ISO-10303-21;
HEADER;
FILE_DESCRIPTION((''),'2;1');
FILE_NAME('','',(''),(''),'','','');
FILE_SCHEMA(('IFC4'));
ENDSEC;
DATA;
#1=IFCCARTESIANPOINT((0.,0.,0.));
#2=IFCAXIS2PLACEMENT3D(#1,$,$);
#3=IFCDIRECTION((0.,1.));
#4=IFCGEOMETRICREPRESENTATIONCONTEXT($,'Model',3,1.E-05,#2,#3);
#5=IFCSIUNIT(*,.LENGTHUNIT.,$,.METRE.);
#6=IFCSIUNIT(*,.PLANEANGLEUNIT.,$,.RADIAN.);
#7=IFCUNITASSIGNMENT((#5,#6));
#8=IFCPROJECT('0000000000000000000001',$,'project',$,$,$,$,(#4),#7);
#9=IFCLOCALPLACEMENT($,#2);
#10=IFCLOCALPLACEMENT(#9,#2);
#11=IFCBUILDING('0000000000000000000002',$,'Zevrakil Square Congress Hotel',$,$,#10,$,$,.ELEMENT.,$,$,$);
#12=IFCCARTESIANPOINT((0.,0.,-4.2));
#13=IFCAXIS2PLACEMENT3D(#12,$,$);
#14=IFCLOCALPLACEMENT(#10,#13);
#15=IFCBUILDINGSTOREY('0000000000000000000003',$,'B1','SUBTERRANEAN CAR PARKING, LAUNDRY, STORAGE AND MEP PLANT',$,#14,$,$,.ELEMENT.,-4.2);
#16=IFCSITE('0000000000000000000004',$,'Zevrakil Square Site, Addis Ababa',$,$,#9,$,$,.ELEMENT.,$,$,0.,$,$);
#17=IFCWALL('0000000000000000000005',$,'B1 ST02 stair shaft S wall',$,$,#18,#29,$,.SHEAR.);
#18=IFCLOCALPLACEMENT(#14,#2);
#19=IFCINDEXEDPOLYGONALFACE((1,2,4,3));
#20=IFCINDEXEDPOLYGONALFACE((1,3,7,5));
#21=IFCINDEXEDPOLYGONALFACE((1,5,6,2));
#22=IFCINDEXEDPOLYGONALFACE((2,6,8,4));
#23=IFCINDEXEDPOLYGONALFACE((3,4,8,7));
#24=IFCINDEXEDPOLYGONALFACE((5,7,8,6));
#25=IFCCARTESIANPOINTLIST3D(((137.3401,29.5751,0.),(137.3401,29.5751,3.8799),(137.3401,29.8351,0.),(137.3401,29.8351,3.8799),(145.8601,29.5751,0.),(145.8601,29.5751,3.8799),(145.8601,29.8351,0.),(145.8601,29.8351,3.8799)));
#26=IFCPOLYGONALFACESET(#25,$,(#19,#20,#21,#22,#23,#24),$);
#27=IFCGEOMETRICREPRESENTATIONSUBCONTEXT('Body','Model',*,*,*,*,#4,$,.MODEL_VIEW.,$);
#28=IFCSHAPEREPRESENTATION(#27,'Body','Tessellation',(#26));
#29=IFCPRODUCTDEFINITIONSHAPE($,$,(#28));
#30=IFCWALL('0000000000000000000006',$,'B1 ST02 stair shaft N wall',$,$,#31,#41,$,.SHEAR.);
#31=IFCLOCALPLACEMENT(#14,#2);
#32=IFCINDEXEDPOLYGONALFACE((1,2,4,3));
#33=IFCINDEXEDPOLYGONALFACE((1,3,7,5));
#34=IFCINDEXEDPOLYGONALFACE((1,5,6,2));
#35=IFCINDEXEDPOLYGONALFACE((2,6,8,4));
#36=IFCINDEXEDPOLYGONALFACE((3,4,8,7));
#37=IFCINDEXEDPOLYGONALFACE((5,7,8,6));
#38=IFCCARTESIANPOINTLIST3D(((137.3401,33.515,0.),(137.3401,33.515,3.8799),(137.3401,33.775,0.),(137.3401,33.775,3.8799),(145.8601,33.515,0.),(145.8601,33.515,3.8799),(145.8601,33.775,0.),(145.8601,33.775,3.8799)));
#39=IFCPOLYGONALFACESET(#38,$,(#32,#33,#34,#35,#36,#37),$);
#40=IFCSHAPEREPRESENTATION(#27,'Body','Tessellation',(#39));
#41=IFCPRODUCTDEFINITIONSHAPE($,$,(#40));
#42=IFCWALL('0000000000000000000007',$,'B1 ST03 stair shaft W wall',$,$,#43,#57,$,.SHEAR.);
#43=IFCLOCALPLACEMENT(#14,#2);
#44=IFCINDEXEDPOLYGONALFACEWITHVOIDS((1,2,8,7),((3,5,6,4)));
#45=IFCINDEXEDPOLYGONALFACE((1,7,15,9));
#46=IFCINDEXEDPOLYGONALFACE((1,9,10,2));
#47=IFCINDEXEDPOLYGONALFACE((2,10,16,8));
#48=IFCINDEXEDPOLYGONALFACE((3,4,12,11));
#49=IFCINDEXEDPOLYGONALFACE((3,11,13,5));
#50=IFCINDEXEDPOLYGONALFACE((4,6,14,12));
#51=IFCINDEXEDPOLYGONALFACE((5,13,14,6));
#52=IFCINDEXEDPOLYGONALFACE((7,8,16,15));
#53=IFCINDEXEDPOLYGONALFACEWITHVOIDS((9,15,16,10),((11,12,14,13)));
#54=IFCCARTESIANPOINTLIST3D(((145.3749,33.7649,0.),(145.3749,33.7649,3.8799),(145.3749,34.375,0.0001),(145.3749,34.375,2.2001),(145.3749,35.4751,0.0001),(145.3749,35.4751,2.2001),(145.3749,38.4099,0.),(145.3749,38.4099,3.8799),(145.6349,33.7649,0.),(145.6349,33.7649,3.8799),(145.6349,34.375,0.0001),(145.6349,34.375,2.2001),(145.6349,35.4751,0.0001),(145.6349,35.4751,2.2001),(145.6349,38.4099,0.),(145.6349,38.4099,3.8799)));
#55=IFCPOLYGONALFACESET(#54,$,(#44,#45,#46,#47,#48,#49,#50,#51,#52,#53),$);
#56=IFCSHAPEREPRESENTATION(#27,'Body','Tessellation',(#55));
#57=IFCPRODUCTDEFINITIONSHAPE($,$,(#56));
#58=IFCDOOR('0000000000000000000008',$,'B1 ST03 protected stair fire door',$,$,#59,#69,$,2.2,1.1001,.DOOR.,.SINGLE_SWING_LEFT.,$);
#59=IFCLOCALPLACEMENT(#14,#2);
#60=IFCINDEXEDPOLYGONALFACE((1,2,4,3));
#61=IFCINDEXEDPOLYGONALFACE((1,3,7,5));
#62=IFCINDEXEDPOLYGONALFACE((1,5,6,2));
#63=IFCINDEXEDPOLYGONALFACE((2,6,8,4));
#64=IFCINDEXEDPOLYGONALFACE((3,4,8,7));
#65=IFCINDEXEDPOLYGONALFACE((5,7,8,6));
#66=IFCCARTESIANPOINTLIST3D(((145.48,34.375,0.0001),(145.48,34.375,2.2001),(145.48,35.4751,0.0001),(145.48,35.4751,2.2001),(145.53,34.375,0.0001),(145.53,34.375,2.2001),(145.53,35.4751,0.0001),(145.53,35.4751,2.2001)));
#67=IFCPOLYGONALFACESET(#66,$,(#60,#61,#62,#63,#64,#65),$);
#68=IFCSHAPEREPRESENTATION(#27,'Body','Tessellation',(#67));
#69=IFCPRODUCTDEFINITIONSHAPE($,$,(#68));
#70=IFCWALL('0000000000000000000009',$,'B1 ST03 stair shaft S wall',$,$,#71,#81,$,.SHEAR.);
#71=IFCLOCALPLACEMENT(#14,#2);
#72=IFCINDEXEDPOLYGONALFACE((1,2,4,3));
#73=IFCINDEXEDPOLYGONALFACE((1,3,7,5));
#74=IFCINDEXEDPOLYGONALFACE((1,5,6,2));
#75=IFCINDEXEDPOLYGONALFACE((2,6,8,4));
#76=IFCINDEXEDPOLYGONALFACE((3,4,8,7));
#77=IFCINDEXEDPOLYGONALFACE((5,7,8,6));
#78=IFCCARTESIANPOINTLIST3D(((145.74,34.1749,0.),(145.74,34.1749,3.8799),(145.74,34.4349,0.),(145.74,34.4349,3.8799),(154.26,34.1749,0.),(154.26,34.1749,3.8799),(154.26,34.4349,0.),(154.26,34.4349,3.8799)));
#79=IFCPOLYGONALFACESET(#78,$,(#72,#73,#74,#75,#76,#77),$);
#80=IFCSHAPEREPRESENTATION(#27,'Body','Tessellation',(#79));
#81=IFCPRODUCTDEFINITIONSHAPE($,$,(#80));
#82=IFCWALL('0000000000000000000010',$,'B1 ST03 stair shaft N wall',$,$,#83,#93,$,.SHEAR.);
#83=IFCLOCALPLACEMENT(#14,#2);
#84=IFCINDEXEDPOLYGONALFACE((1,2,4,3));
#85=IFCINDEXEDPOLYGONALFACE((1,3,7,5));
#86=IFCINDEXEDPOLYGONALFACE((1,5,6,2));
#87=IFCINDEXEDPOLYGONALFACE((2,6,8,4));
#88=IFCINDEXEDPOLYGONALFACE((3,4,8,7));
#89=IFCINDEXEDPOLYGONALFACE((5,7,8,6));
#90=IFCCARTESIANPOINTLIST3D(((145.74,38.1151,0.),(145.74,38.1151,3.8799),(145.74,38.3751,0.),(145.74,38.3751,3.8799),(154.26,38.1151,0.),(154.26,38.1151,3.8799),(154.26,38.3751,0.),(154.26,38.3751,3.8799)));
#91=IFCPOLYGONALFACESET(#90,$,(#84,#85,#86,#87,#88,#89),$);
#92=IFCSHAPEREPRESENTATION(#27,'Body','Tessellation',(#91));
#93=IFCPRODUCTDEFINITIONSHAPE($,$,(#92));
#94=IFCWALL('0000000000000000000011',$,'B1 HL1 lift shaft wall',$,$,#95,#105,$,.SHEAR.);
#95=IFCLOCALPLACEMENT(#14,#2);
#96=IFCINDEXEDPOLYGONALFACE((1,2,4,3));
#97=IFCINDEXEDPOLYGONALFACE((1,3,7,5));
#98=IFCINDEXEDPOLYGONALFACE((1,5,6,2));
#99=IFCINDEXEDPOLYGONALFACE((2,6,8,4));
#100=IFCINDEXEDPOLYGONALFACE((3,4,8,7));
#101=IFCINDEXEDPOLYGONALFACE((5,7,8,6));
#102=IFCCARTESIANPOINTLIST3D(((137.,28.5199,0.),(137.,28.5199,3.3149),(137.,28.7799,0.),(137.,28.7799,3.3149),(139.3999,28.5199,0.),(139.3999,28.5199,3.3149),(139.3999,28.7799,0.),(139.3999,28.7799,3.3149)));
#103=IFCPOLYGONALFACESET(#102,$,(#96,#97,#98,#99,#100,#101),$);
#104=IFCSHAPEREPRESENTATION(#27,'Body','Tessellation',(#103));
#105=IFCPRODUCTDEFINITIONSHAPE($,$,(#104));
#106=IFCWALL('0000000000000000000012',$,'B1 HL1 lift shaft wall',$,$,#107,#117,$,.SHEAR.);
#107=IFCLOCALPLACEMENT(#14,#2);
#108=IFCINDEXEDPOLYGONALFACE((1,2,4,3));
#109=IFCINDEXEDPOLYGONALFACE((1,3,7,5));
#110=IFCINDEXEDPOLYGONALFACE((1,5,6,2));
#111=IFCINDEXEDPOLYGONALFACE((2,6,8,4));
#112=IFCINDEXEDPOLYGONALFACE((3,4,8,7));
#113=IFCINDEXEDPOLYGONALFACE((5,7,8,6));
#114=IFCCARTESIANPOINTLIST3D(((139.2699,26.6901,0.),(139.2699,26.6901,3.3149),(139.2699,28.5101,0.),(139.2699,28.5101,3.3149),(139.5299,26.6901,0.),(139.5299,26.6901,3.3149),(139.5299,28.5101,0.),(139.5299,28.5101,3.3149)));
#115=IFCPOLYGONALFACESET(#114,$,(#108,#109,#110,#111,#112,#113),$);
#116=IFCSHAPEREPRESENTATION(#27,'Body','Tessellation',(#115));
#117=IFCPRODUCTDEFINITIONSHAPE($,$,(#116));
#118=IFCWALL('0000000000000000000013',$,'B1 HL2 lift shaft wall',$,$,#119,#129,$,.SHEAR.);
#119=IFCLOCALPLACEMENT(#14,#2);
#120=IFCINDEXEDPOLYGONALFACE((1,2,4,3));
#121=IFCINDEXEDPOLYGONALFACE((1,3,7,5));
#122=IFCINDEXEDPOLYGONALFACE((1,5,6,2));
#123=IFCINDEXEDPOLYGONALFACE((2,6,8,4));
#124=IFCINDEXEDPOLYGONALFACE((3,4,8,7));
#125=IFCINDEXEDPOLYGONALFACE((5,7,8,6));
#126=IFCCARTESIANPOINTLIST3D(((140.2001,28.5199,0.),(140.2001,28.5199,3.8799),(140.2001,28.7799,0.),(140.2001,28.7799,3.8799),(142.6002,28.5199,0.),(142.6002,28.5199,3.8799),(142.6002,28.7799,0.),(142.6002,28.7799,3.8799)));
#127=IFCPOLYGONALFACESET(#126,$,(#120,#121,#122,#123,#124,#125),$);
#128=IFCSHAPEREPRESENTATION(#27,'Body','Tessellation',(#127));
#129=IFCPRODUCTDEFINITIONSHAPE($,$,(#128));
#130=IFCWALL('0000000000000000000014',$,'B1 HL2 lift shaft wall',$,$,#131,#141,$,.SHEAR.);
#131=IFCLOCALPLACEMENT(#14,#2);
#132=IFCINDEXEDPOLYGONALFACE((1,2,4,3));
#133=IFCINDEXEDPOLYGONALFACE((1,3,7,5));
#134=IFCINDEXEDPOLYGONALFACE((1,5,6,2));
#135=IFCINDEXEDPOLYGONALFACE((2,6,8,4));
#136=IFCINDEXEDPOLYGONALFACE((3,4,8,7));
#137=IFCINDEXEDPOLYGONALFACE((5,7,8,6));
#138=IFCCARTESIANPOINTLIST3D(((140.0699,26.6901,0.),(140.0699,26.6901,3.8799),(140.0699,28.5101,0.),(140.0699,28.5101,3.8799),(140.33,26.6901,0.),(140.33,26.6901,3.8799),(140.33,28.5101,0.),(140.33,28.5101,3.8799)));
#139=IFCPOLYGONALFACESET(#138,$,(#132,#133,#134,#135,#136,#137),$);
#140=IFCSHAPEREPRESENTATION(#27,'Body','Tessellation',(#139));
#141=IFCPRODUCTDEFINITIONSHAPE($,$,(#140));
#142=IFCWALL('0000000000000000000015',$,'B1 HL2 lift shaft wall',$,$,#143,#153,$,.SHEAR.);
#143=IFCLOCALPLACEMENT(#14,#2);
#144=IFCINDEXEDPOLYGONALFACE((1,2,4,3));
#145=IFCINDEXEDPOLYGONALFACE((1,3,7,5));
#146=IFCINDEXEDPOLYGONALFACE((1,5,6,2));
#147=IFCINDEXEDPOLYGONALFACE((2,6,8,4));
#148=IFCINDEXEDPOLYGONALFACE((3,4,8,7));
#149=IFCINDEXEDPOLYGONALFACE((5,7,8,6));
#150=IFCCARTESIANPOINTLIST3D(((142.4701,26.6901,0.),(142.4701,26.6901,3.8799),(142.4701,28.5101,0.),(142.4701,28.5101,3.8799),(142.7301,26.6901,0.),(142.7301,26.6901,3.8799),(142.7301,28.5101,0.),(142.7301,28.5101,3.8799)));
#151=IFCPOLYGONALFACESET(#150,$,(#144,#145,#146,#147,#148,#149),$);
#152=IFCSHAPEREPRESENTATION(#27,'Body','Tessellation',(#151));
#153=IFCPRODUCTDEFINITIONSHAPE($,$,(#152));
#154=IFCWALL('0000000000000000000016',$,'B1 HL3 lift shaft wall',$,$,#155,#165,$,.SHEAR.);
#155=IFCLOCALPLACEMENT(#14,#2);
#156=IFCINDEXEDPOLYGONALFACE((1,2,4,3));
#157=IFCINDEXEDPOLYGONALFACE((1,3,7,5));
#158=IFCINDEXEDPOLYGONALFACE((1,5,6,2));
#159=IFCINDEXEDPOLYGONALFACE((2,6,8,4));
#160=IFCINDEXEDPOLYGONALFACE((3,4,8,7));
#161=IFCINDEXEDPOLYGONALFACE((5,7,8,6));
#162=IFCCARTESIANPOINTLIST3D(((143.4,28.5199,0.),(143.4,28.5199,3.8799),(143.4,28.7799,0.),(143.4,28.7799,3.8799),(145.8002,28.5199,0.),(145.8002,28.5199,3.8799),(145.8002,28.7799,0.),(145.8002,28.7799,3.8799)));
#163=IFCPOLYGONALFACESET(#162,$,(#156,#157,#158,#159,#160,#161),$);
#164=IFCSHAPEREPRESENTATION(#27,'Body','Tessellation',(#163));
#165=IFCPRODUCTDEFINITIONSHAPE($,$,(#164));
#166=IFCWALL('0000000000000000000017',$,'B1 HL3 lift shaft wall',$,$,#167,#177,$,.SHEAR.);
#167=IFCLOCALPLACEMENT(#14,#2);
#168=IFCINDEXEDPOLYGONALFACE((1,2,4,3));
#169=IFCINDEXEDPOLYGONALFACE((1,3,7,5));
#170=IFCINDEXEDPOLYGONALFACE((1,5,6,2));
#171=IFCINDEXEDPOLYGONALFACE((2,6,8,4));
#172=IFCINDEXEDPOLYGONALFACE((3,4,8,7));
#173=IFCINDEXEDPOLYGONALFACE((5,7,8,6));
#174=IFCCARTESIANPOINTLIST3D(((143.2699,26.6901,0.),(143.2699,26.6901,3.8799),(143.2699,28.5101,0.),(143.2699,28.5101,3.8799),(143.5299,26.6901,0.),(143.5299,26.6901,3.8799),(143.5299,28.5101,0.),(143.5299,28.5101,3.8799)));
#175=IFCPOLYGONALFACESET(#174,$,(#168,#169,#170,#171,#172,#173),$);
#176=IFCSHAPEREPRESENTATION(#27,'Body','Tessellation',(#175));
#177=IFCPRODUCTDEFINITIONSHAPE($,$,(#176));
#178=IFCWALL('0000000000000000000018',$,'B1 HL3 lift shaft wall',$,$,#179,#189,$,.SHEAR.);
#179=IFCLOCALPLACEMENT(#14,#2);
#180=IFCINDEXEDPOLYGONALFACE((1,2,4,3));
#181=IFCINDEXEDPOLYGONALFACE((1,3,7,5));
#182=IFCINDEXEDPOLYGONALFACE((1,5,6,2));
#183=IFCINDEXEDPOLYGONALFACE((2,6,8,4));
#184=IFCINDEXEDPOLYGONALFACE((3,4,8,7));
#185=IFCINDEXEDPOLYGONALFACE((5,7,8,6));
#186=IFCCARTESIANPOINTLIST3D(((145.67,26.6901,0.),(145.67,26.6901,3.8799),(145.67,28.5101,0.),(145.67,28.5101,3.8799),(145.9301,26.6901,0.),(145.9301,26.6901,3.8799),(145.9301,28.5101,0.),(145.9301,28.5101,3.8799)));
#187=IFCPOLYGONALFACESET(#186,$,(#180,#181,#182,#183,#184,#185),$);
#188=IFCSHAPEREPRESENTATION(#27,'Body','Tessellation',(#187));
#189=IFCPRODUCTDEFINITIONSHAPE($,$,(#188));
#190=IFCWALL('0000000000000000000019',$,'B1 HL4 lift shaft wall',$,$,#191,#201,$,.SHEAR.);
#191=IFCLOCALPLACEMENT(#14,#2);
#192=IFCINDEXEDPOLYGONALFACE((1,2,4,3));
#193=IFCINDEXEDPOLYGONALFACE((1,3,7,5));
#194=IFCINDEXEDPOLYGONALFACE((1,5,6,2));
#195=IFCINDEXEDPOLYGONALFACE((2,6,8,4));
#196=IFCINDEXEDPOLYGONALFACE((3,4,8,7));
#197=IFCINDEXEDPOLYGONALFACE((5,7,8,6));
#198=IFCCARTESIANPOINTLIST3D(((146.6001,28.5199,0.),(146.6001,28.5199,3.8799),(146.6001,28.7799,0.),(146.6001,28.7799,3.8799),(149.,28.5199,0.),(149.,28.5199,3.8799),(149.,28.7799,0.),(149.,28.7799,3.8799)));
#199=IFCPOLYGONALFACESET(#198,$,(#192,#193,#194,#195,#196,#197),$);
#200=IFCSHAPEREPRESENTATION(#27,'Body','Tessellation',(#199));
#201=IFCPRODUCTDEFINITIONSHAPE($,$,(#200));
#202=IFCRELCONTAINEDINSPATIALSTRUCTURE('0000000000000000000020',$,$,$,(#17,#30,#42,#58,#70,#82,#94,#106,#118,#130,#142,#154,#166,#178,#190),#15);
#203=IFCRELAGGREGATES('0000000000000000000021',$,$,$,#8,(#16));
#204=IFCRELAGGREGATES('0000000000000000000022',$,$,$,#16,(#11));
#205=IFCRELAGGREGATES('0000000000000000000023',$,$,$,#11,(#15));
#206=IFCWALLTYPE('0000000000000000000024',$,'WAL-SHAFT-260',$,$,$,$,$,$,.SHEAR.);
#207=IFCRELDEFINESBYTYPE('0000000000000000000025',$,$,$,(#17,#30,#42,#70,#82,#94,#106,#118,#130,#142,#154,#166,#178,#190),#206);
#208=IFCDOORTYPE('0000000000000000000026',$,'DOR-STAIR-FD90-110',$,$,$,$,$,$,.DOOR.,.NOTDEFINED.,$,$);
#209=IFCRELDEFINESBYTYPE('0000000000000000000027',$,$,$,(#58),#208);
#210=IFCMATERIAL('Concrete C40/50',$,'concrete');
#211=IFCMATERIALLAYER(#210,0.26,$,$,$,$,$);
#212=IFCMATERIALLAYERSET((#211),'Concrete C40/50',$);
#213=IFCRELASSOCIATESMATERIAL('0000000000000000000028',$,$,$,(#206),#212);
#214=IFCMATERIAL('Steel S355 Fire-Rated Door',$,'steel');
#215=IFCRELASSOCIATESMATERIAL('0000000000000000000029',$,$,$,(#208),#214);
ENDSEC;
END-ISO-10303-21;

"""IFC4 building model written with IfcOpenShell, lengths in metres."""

from ifc_helpers import new_model, si_unit, direction, frame, frame_2d, origin, place, context, subcontext, project, spatial, rectangle, extrude, material, layer, layer_set, type_object, element, fill, save


model = new_model("IFC4")

# Units and contexts
model_context = context("Model", 3, precision=1e-05, world=origin(), true_north=direction((0.0, 1.0)))
body_context = subcontext(model_context, "Body", "Model", "MODEL_VIEW")
ifc_project = project(units=[si_unit("LENGTHUNIT", "METRE"), si_unit("PLANEANGLEUNIT", "RADIAN")], contexts=[model_context])

# Site, building, storey
site_placement = place(None, origin())
site = spatial("IfcSite", under=ifc_project, at=site_placement, Name="Zevrakil Square Site, Addis Ababa", CompositionType="ELEMENT", RefElevation=0.0)
building_placement = place(site_placement, origin())
building = spatial("IfcBuilding", under=site, at=building_placement, Name="Zevrakil Square Congress Hotel", CompositionType="ELEMENT")
storey_placement = place(building_placement, frame((0.0, 0.0, -4.2)))
storey = spatial("IfcBuildingStorey", under=building, at=storey_placement, Name="B1", Description="SUBTERRANEAN CAR PARKING, LAUNDRY, STORAGE AND MEP PLANT", CompositionType="ELEMENT", Elevation=-4.2)

# Shared definitions
ifc_material_1 = material(Name="Concrete C40/50", Category="concrete")
ifc_layer_1 = layer(ifc_material_1, 0.26)
ifc_layer_set_1 = layer_set([ifc_layer_1], Name="Concrete C40/50")
wall_type = type_object("IfcWallType", Name="WAL-SHAFT-260", PredefinedType="SHEAR", material=ifc_layer_set_1)
ifc_material_2 = material(Name="Steel S355 Fire-Rated Door", Category="steel")
door_type = type_object("IfcDoorType", Name="DOR-STAIR-FD90-110", OperationType="NOTDEFINED", PredefinedType="DOOR", material=ifc_material_2)

# Walls
for number, where, z_axis, x_axis, name in (
    (1, (137.3401, 29.7051, 0.0), (0.0, 0.0, 1.0), (1.0, 0.0, 0.0), "B1 ST02 stair shaft S wall"),
    (2, (137.3401, 33.645, 0.0), (0.0, 0.0, 1.0), (1.0, 0.0, 0.0), "B1 ST02 stair shaft N wall"),
):
    element("IfcWall", number, at=place(storey_placement, frame(where, z_axis=z_axis, x_axis=x_axis)), inside=storey, type_object=wall_type, Name=name, PredefinedType="SHEAR", context=body_context, shape_type="SweptSolid", body=[
        extrude(rectangle(XDim=8.52, YDim=0.26, at=frame_2d((4.26, 0.0))), origin(), (0.0, 0.0, 1.0), 3.8799),
    ])

# Wall, opening, door
wall_1_placement = place(storey_placement, frame((145.5049, 33.7649, 0.0), z_axis=(0.0, 0.0, 1.0), x_axis=(0.0, 1.0, 0.0)))
wall_1 = element("IfcWall", 3, at=wall_1_placement, inside=storey, type_object=wall_type, Name="B1 ST03 stair shaft W wall", PredefinedType="SHEAR", context=body_context, shape_type="SweptSolid", body=[
    extrude(rectangle(XDim=4.645, YDim=0.26, at=frame_2d((2.3225, 0.0))), origin(), (0.0, 0.0, 1.0), 3.8799),
])
opening_1_placement = place(wall_1_placement, frame((0.6101, 0.0, 0.0)))
opening_1 = element("IfcOpeningElement", 4, at=opening_1_placement, cuts=wall_1, PredefinedType="OPENING", context=body_context, shape_type="SweptSolid", body=[
    extrude(rectangle(XDim=1.1001, YDim=2.2, at=frame_2d((0.55, 1.1001))), frame((0.0, 0.1401, 0.0), z_axis=(0.0, -1.0, 0.0), x_axis=(1.0, 0.0, 0.0)), (0.0, 0.0, 1.0), 0.28),
])
door_1_placement = place(opening_1_placement, origin())
door_1 = element("IfcDoor", 5, at=door_1_placement, inside=storey, type_object=door_type, Name="B1 ST03 protected stair fire door", OperationType="SINGLE_SWING_LEFT", OverallHeight=2.2, OverallWidth=1.1001, PredefinedType="DOOR", context=body_context, shape_type="SweptSolid", body=[
    extrude(rectangle(XDim=1.1001, YDim=2.2, at=frame_2d((0.55, 1.1001))), frame((0.0, 0.0249, 0.0), z_axis=(0.0, -1.0, 0.0), x_axis=(1.0, 0.0, 0.0)), (0.0, 0.0, 1.0), 0.05),
])
fill(opening_1, door_1)

# Walls
for number, where, z_axis, x_axis, name in (
    (6, (145.74, 34.3049, 0.0), (0.0, 0.0, 1.0), (1.0, 0.0, 0.0), "B1 ST03 stair shaft S wall"),
    (7, (145.74, 38.2451, 0.0), (0.0, 0.0, 1.0), (1.0, 0.0, 0.0), "B1 ST03 stair shaft N wall"),
):
    element("IfcWall", number, at=place(storey_placement, frame(where, z_axis=z_axis, x_axis=x_axis)), inside=storey, type_object=wall_type, Name=name, PredefinedType="SHEAR", context=body_context, shape_type="SweptSolid", body=[
        extrude(rectangle(XDim=8.52, YDim=0.26, at=frame_2d((4.26, 0.0))), origin(), (0.0, 0.0, 1.0), 3.8799),
    ])
wall_2_placement = place(storey_placement, frame((137.0, 28.6499, 0.0), z_axis=(0.0, 0.0, 1.0), x_axis=(1.0, 0.0, 0.0)))
element("IfcWall", 8, at=wall_2_placement, inside=storey, type_object=wall_type, Name="B1 HL1 lift shaft wall", PredefinedType="SHEAR", context=body_context, shape_type="SweptSolid", body=[
    extrude(rectangle(XDim=2.3999, YDim=0.26, at=frame_2d((1.2, 0.0))), origin(), (0.0, 0.0, 1.0), 3.3149),
])
wall_3_placement = place(storey_placement, frame((139.3999, 26.6899, 0.0), z_axis=(0.0, 0.0, 1.0), x_axis=(0.0, 1.0, 0.0)))
element("IfcWall", 9, at=wall_3_placement, inside=storey, type_object=wall_type, Name="B1 HL1 lift shaft wall", PredefinedType="SHEAR", context=body_context, shape_type="SweptSolid", body=[
    extrude(rectangle(XDim=1.8201, YDim=0.26, at=frame_2d((0.9102, 0.0))), origin(), (0.0, 0.0, 1.0), 3.3149),
])
wall_4_placement = place(storey_placement, frame((140.2, 28.6499, 0.0), z_axis=(0.0, 0.0, 1.0), x_axis=(1.0, 0.0, 0.0)))
element("IfcWall", 10, at=wall_4_placement, inside=storey, type_object=wall_type, Name="B1 HL2 lift shaft wall", PredefinedType="SHEAR", context=body_context, shape_type="SweptSolid", body=[
    extrude(rectangle(XDim=2.4001, YDim=0.26, at=frame_2d((1.2002, 0.0))), origin(), (0.0, 0.0, 1.0), 3.8799),
])
for number, where, z_axis, x_axis, name in (
    (11, (140.2, 26.6899, 0.0), (0.0, 0.0, 1.0), (0.0, 1.0, 0.0), "B1 HL2 lift shaft wall"),
    (12, (142.6001, 26.6899, 0.0), (0.0, 0.0, 1.0), (0.0, 1.0, 0.0), "B1 HL2 lift shaft wall"),
):
    element("IfcWall", number, at=place(storey_placement, frame(where, z_axis=z_axis, x_axis=x_axis)), inside=storey, type_object=wall_type, Name=name, PredefinedType="SHEAR", context=body_context, shape_type="SweptSolid", body=[
        extrude(rectangle(XDim=1.8201, YDim=0.26, at=frame_2d((0.9102, 0.0))), origin(), (0.0, 0.0, 1.0), 3.8799),
    ])
wall_5_placement = place(storey_placement, frame((143.3999, 28.6499, 0.0), z_axis=(0.0, 0.0, 1.0), x_axis=(1.0, 0.0, 0.0)))
element("IfcWall", 13, at=wall_5_placement, inside=storey, type_object=wall_type, Name="B1 HL3 lift shaft wall", PredefinedType="SHEAR", context=body_context, shape_type="SweptSolid", body=[
    extrude(rectangle(XDim=2.4001, YDim=0.26, at=frame_2d((1.2002, 0.0))), origin(), (0.0, 0.0, 1.0), 3.8799),
])
for number, where, z_axis, x_axis, name in (
    (14, (143.3999, 26.6899, 0.0), (0.0, 0.0, 1.0), (0.0, 1.0, 0.0), "B1 HL3 lift shaft wall"),
    (15, (145.8, 26.6899, 0.0), (0.0, 0.0, 1.0), (0.0, 1.0, 0.0), "B1 HL3 lift shaft wall"),
):
    element("IfcWall", number, at=place(storey_placement, frame(where, z_axis=z_axis, x_axis=x_axis)), inside=storey, type_object=wall_type, Name=name, PredefinedType="SHEAR", context=body_context, shape_type="SweptSolid", body=[
        extrude(rectangle(XDim=1.8201, YDim=0.26, at=frame_2d((0.9102, 0.0))), origin(), (0.0, 0.0, 1.0), 3.8799),
    ])
wall_6_placement = place(storey_placement, frame((146.6001, 28.6499, 0.0), z_axis=(0.0, 0.0, 1.0), x_axis=(1.0, 0.0, 0.0)))
element("IfcWall", 16, at=wall_6_placement, inside=storey, type_object=wall_type, Name="B1 HL4 lift shaft wall", PredefinedType="SHEAR", context=body_context, shape_type="SweptSolid", body=[
    extrude(rectangle(XDim=2.3999, YDim=0.26, at=frame_2d((1.2, 0.0))), origin(), (0.0, 0.0, 1.0), 3.8799),
])

save(model, "model.ifc")
